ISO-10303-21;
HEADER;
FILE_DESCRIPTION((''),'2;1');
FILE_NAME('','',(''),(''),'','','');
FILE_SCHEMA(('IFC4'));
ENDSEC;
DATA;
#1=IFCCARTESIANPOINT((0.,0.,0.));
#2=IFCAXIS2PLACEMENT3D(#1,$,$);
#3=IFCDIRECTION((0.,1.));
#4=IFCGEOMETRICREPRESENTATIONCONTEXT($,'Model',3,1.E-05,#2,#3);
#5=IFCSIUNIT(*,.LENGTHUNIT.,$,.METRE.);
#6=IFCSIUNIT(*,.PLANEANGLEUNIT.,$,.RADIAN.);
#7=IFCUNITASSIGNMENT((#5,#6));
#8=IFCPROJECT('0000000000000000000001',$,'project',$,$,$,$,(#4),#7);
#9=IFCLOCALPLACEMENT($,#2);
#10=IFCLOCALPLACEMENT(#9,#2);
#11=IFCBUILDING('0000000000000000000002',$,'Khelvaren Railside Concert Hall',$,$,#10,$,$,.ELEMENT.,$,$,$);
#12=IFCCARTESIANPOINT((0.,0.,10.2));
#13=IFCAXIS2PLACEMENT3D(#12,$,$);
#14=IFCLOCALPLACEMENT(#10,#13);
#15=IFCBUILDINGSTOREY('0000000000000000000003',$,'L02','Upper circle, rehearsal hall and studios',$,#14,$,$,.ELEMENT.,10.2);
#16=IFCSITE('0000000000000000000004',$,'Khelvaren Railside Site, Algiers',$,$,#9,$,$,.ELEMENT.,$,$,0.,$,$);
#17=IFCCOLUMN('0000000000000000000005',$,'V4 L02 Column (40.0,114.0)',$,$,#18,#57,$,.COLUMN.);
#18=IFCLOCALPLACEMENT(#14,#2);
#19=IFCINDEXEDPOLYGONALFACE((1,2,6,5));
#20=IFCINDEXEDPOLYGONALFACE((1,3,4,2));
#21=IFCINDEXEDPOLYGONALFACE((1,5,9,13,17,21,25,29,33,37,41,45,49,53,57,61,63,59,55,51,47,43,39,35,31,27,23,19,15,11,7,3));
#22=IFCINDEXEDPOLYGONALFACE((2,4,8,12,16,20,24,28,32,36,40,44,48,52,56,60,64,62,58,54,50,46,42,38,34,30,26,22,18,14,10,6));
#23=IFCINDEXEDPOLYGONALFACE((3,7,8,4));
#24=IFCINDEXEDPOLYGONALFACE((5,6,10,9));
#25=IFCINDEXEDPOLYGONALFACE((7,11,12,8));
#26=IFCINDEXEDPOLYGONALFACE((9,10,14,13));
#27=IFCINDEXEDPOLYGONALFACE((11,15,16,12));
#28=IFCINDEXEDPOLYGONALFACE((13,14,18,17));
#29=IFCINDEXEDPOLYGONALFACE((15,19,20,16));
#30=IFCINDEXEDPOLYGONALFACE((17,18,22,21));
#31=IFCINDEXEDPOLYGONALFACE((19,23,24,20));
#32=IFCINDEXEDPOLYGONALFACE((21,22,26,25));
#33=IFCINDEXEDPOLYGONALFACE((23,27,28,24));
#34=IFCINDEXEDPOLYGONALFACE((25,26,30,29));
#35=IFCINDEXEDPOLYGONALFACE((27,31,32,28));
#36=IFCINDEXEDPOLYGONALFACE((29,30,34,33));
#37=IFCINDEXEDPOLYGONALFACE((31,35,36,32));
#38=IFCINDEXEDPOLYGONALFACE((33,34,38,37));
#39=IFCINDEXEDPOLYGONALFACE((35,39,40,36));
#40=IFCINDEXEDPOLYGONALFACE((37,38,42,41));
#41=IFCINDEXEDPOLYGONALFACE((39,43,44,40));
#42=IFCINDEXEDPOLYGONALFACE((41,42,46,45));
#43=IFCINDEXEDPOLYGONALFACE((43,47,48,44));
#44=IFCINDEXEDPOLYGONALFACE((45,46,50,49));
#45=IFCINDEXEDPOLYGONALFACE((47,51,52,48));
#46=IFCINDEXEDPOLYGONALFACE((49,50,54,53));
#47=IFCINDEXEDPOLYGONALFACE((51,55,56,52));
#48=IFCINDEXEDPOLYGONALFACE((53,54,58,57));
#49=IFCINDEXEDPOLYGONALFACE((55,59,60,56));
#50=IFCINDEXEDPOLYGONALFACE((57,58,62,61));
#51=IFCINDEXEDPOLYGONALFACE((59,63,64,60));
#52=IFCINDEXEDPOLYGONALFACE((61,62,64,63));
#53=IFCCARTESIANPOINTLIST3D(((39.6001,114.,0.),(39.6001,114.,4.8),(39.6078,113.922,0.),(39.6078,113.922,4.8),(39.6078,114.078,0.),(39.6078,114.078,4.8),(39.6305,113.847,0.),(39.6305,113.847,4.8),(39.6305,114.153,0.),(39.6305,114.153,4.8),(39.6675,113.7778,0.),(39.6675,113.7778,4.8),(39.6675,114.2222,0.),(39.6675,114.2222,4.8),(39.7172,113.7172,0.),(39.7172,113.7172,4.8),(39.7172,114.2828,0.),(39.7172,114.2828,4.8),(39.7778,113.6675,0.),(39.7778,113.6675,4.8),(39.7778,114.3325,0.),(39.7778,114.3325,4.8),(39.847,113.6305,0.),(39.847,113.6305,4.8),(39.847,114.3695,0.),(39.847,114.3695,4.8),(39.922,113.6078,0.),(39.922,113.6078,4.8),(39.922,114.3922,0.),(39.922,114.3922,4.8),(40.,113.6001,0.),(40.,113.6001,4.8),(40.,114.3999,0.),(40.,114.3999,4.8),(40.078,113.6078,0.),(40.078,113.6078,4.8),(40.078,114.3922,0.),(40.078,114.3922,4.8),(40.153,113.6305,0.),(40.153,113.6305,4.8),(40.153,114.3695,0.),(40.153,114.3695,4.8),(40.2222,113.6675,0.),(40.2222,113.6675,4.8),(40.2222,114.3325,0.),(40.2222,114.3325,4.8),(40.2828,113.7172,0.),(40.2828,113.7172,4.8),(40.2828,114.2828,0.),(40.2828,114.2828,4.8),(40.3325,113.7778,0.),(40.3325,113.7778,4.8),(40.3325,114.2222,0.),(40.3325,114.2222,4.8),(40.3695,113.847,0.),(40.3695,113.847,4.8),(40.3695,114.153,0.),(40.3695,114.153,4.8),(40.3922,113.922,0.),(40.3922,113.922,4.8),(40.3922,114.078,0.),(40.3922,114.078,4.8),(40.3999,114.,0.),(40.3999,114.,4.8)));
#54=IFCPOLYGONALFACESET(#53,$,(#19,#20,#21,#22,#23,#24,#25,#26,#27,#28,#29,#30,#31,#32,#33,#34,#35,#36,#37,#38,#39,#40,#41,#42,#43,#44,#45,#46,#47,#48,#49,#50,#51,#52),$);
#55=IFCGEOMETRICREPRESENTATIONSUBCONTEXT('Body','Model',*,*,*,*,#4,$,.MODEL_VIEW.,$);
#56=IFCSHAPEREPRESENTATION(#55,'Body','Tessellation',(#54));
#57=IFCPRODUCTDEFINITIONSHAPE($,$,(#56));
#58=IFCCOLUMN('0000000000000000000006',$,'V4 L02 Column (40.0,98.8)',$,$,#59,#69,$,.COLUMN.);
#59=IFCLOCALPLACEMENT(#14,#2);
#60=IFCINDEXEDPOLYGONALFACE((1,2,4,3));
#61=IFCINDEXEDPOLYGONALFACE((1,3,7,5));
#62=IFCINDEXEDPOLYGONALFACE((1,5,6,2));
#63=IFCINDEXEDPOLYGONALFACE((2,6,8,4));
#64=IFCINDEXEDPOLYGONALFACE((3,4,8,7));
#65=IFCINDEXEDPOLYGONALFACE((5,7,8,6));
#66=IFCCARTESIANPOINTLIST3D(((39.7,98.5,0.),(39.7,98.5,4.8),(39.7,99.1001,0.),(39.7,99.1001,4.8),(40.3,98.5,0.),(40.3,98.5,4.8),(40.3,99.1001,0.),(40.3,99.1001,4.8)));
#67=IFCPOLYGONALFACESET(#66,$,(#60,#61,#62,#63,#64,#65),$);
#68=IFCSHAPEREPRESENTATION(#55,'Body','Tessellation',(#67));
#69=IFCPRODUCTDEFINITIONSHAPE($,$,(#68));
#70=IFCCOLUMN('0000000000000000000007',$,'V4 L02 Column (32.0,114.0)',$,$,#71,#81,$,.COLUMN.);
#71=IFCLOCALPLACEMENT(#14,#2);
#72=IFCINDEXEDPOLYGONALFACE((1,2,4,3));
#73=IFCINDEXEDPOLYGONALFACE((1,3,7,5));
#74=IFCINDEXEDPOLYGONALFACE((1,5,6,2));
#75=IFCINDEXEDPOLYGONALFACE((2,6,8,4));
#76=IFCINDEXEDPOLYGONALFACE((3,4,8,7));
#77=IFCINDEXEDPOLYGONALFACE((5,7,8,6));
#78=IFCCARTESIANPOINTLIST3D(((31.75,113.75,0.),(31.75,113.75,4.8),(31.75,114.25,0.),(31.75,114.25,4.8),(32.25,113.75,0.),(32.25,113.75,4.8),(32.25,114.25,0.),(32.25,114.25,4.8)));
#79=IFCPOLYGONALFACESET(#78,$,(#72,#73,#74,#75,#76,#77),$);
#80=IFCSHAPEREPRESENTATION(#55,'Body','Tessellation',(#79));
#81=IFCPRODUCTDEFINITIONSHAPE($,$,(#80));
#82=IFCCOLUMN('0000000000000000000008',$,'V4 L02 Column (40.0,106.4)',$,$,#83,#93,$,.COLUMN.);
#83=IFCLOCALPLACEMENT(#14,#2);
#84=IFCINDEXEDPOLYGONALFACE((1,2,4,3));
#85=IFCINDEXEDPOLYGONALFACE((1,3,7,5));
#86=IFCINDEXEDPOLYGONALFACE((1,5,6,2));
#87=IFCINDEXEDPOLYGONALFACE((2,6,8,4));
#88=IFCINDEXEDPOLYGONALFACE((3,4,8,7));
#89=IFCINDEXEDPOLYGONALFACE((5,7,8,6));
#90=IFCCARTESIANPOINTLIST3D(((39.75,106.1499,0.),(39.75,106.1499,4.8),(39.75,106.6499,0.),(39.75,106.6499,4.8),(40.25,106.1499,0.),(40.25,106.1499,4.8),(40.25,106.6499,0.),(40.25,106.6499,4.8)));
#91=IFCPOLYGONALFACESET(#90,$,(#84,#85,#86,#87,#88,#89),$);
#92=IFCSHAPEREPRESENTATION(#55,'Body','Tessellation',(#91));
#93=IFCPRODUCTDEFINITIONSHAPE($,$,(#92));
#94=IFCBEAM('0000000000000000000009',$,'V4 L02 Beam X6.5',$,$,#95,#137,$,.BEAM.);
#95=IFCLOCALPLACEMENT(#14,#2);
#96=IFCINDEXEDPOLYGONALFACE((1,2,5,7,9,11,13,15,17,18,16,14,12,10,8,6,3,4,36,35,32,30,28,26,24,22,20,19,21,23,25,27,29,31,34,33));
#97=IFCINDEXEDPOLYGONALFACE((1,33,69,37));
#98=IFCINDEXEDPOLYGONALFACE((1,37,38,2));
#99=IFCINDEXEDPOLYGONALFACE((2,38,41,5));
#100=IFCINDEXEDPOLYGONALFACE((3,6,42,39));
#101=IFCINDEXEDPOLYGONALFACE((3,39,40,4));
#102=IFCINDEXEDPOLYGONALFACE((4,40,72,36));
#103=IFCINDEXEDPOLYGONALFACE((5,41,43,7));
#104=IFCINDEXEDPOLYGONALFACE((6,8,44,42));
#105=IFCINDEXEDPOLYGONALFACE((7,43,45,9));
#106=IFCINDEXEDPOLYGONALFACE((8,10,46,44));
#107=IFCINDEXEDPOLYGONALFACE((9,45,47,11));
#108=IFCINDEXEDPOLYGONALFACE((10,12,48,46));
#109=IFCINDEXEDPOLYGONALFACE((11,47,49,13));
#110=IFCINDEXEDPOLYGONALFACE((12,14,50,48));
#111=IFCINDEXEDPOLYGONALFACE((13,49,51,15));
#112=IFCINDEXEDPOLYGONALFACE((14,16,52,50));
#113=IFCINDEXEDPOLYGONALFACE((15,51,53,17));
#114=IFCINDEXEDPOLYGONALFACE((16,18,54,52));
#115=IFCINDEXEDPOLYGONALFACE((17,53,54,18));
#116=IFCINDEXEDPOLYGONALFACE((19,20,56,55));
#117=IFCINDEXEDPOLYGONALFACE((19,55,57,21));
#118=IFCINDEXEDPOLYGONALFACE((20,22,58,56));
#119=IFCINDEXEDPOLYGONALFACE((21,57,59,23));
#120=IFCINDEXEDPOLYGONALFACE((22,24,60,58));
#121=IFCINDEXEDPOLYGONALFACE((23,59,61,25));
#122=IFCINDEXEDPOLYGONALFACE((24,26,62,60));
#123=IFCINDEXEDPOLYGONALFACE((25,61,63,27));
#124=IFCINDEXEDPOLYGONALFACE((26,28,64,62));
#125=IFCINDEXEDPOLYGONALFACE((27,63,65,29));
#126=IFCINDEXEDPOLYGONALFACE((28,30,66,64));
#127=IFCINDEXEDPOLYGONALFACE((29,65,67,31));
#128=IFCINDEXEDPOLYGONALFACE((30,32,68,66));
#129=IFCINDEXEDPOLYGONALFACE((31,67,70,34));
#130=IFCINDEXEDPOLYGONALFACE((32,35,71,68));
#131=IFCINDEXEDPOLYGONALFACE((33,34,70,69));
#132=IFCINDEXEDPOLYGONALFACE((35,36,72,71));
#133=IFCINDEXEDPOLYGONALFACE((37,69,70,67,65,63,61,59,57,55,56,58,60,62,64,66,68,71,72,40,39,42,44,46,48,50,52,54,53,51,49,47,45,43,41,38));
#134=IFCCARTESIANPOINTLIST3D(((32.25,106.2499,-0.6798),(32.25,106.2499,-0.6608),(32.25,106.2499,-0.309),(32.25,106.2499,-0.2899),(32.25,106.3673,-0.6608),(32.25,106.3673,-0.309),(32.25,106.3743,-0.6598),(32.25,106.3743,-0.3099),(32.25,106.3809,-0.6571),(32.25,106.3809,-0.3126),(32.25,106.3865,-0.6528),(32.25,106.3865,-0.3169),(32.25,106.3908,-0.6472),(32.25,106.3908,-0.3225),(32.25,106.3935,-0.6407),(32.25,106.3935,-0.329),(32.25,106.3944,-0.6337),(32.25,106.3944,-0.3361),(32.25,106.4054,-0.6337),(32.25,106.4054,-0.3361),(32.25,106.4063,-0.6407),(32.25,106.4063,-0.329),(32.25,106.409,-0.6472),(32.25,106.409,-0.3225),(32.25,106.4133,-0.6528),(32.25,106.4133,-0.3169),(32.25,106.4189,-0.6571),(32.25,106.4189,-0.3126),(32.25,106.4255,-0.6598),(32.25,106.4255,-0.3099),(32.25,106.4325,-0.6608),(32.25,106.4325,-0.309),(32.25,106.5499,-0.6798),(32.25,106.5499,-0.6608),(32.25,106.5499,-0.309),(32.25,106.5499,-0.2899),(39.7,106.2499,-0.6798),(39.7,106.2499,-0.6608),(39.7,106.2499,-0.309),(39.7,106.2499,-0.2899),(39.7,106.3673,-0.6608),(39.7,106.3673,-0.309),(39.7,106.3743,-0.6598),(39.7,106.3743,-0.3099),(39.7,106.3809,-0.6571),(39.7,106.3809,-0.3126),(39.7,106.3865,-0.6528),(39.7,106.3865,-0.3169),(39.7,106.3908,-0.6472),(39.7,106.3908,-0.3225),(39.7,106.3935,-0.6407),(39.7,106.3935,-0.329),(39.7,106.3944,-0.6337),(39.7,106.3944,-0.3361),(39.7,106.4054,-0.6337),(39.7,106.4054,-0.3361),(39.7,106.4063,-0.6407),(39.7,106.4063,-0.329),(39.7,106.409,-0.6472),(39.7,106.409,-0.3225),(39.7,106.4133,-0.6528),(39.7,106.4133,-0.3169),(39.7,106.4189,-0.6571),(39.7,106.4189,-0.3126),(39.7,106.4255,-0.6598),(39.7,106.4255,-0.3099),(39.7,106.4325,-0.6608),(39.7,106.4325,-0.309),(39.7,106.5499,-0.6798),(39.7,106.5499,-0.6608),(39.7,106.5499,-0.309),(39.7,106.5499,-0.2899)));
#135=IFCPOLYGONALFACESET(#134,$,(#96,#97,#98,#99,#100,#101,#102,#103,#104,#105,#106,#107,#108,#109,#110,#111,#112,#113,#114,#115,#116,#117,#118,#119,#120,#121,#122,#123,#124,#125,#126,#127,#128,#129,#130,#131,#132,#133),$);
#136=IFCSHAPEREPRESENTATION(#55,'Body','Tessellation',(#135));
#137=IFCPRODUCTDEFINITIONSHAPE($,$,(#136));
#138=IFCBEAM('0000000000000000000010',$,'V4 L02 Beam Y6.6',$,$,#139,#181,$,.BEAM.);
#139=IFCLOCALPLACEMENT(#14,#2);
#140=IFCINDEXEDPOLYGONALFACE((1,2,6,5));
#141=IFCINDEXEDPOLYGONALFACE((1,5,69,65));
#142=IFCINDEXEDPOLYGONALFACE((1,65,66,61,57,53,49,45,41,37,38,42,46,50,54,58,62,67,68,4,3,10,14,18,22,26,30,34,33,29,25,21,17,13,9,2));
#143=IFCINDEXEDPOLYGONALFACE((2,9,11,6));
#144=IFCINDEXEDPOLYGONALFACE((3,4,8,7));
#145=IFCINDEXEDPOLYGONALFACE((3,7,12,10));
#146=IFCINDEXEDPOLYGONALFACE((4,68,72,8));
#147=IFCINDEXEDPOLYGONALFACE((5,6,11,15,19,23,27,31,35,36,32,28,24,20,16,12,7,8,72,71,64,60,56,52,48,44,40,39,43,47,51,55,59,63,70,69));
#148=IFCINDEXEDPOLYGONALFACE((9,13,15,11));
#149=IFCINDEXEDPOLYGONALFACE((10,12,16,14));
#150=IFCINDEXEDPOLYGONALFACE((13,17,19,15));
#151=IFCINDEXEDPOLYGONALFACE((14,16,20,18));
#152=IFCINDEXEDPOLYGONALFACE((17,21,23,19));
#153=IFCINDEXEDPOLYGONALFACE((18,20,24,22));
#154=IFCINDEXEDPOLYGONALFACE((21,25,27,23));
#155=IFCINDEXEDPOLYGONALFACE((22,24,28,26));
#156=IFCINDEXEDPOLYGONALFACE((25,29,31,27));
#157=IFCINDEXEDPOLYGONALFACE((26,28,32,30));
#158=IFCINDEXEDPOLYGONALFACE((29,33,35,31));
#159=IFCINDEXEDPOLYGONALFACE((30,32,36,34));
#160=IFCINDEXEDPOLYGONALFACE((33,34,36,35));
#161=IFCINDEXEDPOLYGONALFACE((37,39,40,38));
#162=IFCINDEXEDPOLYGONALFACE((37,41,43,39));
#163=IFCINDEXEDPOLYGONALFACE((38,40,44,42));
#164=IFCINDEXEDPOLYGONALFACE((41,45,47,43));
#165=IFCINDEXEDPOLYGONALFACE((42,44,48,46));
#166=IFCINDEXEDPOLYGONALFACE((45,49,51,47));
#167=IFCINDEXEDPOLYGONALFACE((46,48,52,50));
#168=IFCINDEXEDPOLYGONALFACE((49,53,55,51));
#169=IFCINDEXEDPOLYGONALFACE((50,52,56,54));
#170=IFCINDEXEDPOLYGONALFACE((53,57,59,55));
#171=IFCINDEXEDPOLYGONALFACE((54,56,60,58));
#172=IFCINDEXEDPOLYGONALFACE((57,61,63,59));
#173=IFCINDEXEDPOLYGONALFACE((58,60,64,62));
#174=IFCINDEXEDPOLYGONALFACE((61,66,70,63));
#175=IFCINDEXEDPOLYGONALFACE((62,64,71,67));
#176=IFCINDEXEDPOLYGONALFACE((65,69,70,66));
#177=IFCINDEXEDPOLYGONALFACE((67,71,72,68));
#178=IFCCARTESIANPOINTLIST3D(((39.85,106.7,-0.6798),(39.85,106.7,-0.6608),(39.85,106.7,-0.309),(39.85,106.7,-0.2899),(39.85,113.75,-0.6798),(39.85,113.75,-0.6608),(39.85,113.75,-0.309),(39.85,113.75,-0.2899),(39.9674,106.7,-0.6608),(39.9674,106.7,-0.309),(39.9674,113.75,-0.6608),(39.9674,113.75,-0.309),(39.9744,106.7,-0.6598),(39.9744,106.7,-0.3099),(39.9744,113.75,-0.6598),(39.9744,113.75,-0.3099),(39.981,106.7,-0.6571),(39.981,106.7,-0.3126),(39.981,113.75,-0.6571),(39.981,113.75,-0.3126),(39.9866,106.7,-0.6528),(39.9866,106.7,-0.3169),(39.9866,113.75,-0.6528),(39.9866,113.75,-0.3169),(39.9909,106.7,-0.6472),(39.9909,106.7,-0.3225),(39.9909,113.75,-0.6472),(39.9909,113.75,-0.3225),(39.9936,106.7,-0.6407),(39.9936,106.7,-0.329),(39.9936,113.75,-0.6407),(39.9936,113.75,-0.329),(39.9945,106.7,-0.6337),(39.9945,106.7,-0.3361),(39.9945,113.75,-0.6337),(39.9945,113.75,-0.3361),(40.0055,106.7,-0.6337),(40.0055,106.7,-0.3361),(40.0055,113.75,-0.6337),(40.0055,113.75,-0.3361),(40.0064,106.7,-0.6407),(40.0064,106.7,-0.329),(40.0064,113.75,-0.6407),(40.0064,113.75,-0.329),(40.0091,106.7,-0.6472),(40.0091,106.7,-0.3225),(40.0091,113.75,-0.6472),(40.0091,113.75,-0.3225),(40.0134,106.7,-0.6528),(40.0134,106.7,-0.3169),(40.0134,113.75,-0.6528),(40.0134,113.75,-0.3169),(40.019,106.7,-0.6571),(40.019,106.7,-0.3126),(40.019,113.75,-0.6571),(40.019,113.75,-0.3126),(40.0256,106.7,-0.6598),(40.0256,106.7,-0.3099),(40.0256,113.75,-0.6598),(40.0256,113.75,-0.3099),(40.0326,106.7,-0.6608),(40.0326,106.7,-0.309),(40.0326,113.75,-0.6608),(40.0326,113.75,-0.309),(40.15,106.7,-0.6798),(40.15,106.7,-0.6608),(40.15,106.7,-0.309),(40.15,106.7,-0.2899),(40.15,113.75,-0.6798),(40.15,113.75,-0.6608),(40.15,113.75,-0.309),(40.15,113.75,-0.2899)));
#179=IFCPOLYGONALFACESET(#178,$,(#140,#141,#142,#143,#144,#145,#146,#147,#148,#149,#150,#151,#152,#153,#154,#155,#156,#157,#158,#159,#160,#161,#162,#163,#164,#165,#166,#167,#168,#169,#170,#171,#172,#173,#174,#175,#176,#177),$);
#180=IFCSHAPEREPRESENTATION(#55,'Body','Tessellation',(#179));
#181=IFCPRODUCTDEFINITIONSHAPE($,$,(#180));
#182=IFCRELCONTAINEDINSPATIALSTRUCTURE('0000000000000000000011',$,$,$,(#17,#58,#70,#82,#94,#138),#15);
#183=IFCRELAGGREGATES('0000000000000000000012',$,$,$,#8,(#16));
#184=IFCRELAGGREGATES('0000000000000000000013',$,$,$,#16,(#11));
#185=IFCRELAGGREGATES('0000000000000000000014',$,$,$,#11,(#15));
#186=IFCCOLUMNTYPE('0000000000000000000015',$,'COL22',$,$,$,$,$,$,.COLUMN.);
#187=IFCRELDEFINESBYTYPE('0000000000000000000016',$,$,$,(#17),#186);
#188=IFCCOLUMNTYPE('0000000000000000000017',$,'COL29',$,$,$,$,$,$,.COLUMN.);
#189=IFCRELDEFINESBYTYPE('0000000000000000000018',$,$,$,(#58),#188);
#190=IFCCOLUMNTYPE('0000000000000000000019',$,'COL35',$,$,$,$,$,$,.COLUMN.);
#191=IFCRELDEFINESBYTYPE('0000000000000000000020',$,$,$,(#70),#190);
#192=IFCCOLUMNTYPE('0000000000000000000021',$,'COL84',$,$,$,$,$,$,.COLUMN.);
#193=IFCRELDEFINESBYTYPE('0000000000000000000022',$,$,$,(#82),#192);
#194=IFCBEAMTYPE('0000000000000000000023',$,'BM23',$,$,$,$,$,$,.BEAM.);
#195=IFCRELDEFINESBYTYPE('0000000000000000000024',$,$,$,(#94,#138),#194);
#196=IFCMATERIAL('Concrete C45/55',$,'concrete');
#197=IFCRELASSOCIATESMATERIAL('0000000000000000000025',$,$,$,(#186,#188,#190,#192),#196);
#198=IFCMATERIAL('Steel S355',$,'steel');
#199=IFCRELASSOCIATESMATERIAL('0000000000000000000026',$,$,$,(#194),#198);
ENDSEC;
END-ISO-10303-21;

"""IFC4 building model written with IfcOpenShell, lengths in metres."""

from ifc_helpers import new_model, si_unit, direction, frame, origin, origin_2d, place, context, subcontext, project, spatial, rectangle, circle, i_section, extrude, material, material_profile, profile_set, type_object, element, save


model = new_model("IFC4")

# Units and contexts
model_context = context("Model", 3, precision=1e-05, world=origin(), true_north=direction((0.0, 1.0)))
body_context = subcontext(model_context, "Body", "Model", "MODEL_VIEW")
ifc_project = project(units=[si_unit("LENGTHUNIT", "METRE"), si_unit("PLANEANGLEUNIT", "RADIAN")], contexts=[model_context])

# Site, building, storey
site_placement = place(None, origin())
site = spatial("IfcSite", under=ifc_project, at=site_placement, Name="Khelvaren Railside Site, Algiers", CompositionType="ELEMENT", RefElevation=0.0)
building_placement = place(site_placement, origin())
building = spatial("IfcBuilding", under=site, at=building_placement, Name="Khelvaren Railside Concert Hall", CompositionType="ELEMENT")
storey_placement = place(building_placement, frame((0.0, 0.0, 10.2)))
storey = spatial("IfcBuildingStorey", under=building, at=storey_placement, Name="L02", Description="Upper circle, rehearsal hall and studios", CompositionType="ELEMENT", Elevation=10.2)

# Columns
ifc_material_1 = material(Name="Concrete C45/55", Category="concrete")
ifc_material_profile_1 = material_profile(ifc_material_1, circle(Radius=0.3999, at=origin_2d()), Name="RC D800")
ifc_profile_set_1 = profile_set([ifc_material_profile_1], Name="Concrete C45/55")
column_type_1 = type_object("IfcColumnType", Name="COL22", PredefinedType="COLUMN", material=ifc_profile_set_1)
column_1_placement = place(storey_placement, frame((40.0, 114.0, 0.0), z_axis=(0.0, 0.0, 1.0), x_axis=(1.0, 0.0, 0.0)))
element("IfcColumn", 1, at=column_1_placement, inside=storey, type_object=column_type_1, Name="V4 L02 Column (40.0,114.0)", PredefinedType="COLUMN", context=body_context, shape_type="SweptSolid", body=[
    extrude(circle(Radius=0.3999, at=origin_2d()), origin(), (0.0, 0.0, 1.0), 4.8),
])
ifc_material_profile_2 = material_profile(ifc_material_1, rectangle(XDim=0.6001, YDim=0.6001, at=origin_2d()), Name="RC 600x600")
ifc_profile_set_2 = profile_set([ifc_material_profile_2], Name="Concrete C45/55")
column_type_2 = type_object("IfcColumnType", Name="COL29", PredefinedType="COLUMN", material=ifc_profile_set_2)
column_2_placement = place(storey_placement, frame((40.0, 98.8, 0.0), z_axis=(0.0, 0.0, 1.0), x_axis=(1.0, 0.0, 0.0)))
element("IfcColumn", 2, at=column_2_placement, inside=storey, type_object=column_type_2, Name="V4 L02 Column (40.0,98.8)", PredefinedType="COLUMN", context=body_context, shape_type="SweptSolid", body=[
    extrude(rectangle(XDim=0.6001, YDim=0.6001, at=origin_2d()), origin(), (0.0, 0.0, 1.0), 4.8),
])
ifc_material_profile_3 = material_profile(ifc_material_1, rectangle(XDim=0.5, YDim=0.5, at=origin_2d()), Name="RC 500x500")
ifc_profile_set_3 = profile_set([ifc_material_profile_3], Name="Concrete C45/55")
column_type_3 = type_object("IfcColumnType", Name="COL35", PredefinedType="COLUMN", material=ifc_profile_set_3)
column_3_placement = place(storey_placement, frame((32.0, 114.0, 0.0), z_axis=(0.0, 0.0, 1.0), x_axis=(1.0, 0.0, 0.0)))
element("IfcColumn", 3, at=column_3_placement, inside=storey, type_object=column_type_3, Name="V4 L02 Column (32.0,114.0)", PredefinedType="COLUMN", context=body_context, shape_type="SweptSolid", body=[
    extrude(rectangle(XDim=0.5, YDim=0.5, at=origin_2d()), origin(), (0.0, 0.0, 1.0), 4.8),
])
ifc_material_profile_4 = material_profile(ifc_material_1, rectangle(XDim=0.5, YDim=0.5, at=origin_2d()), Name="RC 500x500")
ifc_profile_set_4 = profile_set([ifc_material_profile_4], Name="Concrete C45/55")
column_type_4 = type_object("IfcColumnType", Name="COL84", PredefinedType="COLUMN", material=ifc_profile_set_4)
column_4_placement = place(storey_placement, frame((40.0, 106.3999, 0.0), z_axis=(0.0, 0.0, 1.0), x_axis=(1.0, 0.0, 0.0)))
element("IfcColumn", 4, at=column_4_placement, inside=storey, type_object=column_type_4, Name="V4 L02 Column (40.0,106.4)", PredefinedType="COLUMN", context=body_context, shape_type="SweptSolid", body=[
    extrude(rectangle(XDim=0.5, YDim=0.5, at=origin_2d()), origin(), (0.0, 0.0, 1.0), 4.8),
])

# Beams
ifc_material_2 = material(Name="Steel S355", Category="steel")
ifc_material_profile_5 = material_profile(ifc_material_2, i_section(OverallWidth=0.3, OverallDepth=0.3899, WebThickness=0.011, FlangeThickness=0.019, FilletRadius=0.0271, at=origin_2d()), Name="HEA 400")
ifc_profile_set_5 = profile_set([ifc_material_profile_5], Name="Steel S355")
beam_type_1 = type_object("IfcBeamType", Name="BM23", PredefinedType="BEAM", material=ifc_profile_set_5)
beam_1_placement = place(storey_placement, frame((32.25, 106.3999, -0.4849), z_axis=(1.0, 0.0, 0.0), x_axis=(0.0, 1.0, 0.0)))
element("IfcBeam", 5, at=beam_1_placement, inside=storey, type_object=beam_type_1, Name="V4 L02 Beam X6.5", PredefinedType="BEAM", context=body_context, shape_type="SweptSolid", body=[
    extrude(i_section(OverallWidth=0.3, OverallDepth=0.3899, WebThickness=0.011, FlangeThickness=0.019, FilletRadius=0.0271, at=origin_2d()), origin(), (0.0, 0.0, 1.0), 7.45),
])
beam_2_placement = place(storey_placement, frame((40.0, 106.7, -0.4849), z_axis=(0.0, 1.0, 0.0), x_axis=(-1.0, 0.0, 0.0)))
element("IfcBeam", 6, at=beam_2_placement, inside=storey, type_object=beam_type_1, Name="V4 L02 Beam Y6.6", PredefinedType="BEAM", context=body_context, shape_type="SweptSolid", body=[
    extrude(i_section(OverallWidth=0.3, OverallDepth=0.3899, WebThickness=0.011, FlangeThickness=0.019, FilletRadius=0.0271, at=origin_2d()), origin(), (0.0, 0.0, 1.0), 7.05),
])

save(model, "model.ifc")
